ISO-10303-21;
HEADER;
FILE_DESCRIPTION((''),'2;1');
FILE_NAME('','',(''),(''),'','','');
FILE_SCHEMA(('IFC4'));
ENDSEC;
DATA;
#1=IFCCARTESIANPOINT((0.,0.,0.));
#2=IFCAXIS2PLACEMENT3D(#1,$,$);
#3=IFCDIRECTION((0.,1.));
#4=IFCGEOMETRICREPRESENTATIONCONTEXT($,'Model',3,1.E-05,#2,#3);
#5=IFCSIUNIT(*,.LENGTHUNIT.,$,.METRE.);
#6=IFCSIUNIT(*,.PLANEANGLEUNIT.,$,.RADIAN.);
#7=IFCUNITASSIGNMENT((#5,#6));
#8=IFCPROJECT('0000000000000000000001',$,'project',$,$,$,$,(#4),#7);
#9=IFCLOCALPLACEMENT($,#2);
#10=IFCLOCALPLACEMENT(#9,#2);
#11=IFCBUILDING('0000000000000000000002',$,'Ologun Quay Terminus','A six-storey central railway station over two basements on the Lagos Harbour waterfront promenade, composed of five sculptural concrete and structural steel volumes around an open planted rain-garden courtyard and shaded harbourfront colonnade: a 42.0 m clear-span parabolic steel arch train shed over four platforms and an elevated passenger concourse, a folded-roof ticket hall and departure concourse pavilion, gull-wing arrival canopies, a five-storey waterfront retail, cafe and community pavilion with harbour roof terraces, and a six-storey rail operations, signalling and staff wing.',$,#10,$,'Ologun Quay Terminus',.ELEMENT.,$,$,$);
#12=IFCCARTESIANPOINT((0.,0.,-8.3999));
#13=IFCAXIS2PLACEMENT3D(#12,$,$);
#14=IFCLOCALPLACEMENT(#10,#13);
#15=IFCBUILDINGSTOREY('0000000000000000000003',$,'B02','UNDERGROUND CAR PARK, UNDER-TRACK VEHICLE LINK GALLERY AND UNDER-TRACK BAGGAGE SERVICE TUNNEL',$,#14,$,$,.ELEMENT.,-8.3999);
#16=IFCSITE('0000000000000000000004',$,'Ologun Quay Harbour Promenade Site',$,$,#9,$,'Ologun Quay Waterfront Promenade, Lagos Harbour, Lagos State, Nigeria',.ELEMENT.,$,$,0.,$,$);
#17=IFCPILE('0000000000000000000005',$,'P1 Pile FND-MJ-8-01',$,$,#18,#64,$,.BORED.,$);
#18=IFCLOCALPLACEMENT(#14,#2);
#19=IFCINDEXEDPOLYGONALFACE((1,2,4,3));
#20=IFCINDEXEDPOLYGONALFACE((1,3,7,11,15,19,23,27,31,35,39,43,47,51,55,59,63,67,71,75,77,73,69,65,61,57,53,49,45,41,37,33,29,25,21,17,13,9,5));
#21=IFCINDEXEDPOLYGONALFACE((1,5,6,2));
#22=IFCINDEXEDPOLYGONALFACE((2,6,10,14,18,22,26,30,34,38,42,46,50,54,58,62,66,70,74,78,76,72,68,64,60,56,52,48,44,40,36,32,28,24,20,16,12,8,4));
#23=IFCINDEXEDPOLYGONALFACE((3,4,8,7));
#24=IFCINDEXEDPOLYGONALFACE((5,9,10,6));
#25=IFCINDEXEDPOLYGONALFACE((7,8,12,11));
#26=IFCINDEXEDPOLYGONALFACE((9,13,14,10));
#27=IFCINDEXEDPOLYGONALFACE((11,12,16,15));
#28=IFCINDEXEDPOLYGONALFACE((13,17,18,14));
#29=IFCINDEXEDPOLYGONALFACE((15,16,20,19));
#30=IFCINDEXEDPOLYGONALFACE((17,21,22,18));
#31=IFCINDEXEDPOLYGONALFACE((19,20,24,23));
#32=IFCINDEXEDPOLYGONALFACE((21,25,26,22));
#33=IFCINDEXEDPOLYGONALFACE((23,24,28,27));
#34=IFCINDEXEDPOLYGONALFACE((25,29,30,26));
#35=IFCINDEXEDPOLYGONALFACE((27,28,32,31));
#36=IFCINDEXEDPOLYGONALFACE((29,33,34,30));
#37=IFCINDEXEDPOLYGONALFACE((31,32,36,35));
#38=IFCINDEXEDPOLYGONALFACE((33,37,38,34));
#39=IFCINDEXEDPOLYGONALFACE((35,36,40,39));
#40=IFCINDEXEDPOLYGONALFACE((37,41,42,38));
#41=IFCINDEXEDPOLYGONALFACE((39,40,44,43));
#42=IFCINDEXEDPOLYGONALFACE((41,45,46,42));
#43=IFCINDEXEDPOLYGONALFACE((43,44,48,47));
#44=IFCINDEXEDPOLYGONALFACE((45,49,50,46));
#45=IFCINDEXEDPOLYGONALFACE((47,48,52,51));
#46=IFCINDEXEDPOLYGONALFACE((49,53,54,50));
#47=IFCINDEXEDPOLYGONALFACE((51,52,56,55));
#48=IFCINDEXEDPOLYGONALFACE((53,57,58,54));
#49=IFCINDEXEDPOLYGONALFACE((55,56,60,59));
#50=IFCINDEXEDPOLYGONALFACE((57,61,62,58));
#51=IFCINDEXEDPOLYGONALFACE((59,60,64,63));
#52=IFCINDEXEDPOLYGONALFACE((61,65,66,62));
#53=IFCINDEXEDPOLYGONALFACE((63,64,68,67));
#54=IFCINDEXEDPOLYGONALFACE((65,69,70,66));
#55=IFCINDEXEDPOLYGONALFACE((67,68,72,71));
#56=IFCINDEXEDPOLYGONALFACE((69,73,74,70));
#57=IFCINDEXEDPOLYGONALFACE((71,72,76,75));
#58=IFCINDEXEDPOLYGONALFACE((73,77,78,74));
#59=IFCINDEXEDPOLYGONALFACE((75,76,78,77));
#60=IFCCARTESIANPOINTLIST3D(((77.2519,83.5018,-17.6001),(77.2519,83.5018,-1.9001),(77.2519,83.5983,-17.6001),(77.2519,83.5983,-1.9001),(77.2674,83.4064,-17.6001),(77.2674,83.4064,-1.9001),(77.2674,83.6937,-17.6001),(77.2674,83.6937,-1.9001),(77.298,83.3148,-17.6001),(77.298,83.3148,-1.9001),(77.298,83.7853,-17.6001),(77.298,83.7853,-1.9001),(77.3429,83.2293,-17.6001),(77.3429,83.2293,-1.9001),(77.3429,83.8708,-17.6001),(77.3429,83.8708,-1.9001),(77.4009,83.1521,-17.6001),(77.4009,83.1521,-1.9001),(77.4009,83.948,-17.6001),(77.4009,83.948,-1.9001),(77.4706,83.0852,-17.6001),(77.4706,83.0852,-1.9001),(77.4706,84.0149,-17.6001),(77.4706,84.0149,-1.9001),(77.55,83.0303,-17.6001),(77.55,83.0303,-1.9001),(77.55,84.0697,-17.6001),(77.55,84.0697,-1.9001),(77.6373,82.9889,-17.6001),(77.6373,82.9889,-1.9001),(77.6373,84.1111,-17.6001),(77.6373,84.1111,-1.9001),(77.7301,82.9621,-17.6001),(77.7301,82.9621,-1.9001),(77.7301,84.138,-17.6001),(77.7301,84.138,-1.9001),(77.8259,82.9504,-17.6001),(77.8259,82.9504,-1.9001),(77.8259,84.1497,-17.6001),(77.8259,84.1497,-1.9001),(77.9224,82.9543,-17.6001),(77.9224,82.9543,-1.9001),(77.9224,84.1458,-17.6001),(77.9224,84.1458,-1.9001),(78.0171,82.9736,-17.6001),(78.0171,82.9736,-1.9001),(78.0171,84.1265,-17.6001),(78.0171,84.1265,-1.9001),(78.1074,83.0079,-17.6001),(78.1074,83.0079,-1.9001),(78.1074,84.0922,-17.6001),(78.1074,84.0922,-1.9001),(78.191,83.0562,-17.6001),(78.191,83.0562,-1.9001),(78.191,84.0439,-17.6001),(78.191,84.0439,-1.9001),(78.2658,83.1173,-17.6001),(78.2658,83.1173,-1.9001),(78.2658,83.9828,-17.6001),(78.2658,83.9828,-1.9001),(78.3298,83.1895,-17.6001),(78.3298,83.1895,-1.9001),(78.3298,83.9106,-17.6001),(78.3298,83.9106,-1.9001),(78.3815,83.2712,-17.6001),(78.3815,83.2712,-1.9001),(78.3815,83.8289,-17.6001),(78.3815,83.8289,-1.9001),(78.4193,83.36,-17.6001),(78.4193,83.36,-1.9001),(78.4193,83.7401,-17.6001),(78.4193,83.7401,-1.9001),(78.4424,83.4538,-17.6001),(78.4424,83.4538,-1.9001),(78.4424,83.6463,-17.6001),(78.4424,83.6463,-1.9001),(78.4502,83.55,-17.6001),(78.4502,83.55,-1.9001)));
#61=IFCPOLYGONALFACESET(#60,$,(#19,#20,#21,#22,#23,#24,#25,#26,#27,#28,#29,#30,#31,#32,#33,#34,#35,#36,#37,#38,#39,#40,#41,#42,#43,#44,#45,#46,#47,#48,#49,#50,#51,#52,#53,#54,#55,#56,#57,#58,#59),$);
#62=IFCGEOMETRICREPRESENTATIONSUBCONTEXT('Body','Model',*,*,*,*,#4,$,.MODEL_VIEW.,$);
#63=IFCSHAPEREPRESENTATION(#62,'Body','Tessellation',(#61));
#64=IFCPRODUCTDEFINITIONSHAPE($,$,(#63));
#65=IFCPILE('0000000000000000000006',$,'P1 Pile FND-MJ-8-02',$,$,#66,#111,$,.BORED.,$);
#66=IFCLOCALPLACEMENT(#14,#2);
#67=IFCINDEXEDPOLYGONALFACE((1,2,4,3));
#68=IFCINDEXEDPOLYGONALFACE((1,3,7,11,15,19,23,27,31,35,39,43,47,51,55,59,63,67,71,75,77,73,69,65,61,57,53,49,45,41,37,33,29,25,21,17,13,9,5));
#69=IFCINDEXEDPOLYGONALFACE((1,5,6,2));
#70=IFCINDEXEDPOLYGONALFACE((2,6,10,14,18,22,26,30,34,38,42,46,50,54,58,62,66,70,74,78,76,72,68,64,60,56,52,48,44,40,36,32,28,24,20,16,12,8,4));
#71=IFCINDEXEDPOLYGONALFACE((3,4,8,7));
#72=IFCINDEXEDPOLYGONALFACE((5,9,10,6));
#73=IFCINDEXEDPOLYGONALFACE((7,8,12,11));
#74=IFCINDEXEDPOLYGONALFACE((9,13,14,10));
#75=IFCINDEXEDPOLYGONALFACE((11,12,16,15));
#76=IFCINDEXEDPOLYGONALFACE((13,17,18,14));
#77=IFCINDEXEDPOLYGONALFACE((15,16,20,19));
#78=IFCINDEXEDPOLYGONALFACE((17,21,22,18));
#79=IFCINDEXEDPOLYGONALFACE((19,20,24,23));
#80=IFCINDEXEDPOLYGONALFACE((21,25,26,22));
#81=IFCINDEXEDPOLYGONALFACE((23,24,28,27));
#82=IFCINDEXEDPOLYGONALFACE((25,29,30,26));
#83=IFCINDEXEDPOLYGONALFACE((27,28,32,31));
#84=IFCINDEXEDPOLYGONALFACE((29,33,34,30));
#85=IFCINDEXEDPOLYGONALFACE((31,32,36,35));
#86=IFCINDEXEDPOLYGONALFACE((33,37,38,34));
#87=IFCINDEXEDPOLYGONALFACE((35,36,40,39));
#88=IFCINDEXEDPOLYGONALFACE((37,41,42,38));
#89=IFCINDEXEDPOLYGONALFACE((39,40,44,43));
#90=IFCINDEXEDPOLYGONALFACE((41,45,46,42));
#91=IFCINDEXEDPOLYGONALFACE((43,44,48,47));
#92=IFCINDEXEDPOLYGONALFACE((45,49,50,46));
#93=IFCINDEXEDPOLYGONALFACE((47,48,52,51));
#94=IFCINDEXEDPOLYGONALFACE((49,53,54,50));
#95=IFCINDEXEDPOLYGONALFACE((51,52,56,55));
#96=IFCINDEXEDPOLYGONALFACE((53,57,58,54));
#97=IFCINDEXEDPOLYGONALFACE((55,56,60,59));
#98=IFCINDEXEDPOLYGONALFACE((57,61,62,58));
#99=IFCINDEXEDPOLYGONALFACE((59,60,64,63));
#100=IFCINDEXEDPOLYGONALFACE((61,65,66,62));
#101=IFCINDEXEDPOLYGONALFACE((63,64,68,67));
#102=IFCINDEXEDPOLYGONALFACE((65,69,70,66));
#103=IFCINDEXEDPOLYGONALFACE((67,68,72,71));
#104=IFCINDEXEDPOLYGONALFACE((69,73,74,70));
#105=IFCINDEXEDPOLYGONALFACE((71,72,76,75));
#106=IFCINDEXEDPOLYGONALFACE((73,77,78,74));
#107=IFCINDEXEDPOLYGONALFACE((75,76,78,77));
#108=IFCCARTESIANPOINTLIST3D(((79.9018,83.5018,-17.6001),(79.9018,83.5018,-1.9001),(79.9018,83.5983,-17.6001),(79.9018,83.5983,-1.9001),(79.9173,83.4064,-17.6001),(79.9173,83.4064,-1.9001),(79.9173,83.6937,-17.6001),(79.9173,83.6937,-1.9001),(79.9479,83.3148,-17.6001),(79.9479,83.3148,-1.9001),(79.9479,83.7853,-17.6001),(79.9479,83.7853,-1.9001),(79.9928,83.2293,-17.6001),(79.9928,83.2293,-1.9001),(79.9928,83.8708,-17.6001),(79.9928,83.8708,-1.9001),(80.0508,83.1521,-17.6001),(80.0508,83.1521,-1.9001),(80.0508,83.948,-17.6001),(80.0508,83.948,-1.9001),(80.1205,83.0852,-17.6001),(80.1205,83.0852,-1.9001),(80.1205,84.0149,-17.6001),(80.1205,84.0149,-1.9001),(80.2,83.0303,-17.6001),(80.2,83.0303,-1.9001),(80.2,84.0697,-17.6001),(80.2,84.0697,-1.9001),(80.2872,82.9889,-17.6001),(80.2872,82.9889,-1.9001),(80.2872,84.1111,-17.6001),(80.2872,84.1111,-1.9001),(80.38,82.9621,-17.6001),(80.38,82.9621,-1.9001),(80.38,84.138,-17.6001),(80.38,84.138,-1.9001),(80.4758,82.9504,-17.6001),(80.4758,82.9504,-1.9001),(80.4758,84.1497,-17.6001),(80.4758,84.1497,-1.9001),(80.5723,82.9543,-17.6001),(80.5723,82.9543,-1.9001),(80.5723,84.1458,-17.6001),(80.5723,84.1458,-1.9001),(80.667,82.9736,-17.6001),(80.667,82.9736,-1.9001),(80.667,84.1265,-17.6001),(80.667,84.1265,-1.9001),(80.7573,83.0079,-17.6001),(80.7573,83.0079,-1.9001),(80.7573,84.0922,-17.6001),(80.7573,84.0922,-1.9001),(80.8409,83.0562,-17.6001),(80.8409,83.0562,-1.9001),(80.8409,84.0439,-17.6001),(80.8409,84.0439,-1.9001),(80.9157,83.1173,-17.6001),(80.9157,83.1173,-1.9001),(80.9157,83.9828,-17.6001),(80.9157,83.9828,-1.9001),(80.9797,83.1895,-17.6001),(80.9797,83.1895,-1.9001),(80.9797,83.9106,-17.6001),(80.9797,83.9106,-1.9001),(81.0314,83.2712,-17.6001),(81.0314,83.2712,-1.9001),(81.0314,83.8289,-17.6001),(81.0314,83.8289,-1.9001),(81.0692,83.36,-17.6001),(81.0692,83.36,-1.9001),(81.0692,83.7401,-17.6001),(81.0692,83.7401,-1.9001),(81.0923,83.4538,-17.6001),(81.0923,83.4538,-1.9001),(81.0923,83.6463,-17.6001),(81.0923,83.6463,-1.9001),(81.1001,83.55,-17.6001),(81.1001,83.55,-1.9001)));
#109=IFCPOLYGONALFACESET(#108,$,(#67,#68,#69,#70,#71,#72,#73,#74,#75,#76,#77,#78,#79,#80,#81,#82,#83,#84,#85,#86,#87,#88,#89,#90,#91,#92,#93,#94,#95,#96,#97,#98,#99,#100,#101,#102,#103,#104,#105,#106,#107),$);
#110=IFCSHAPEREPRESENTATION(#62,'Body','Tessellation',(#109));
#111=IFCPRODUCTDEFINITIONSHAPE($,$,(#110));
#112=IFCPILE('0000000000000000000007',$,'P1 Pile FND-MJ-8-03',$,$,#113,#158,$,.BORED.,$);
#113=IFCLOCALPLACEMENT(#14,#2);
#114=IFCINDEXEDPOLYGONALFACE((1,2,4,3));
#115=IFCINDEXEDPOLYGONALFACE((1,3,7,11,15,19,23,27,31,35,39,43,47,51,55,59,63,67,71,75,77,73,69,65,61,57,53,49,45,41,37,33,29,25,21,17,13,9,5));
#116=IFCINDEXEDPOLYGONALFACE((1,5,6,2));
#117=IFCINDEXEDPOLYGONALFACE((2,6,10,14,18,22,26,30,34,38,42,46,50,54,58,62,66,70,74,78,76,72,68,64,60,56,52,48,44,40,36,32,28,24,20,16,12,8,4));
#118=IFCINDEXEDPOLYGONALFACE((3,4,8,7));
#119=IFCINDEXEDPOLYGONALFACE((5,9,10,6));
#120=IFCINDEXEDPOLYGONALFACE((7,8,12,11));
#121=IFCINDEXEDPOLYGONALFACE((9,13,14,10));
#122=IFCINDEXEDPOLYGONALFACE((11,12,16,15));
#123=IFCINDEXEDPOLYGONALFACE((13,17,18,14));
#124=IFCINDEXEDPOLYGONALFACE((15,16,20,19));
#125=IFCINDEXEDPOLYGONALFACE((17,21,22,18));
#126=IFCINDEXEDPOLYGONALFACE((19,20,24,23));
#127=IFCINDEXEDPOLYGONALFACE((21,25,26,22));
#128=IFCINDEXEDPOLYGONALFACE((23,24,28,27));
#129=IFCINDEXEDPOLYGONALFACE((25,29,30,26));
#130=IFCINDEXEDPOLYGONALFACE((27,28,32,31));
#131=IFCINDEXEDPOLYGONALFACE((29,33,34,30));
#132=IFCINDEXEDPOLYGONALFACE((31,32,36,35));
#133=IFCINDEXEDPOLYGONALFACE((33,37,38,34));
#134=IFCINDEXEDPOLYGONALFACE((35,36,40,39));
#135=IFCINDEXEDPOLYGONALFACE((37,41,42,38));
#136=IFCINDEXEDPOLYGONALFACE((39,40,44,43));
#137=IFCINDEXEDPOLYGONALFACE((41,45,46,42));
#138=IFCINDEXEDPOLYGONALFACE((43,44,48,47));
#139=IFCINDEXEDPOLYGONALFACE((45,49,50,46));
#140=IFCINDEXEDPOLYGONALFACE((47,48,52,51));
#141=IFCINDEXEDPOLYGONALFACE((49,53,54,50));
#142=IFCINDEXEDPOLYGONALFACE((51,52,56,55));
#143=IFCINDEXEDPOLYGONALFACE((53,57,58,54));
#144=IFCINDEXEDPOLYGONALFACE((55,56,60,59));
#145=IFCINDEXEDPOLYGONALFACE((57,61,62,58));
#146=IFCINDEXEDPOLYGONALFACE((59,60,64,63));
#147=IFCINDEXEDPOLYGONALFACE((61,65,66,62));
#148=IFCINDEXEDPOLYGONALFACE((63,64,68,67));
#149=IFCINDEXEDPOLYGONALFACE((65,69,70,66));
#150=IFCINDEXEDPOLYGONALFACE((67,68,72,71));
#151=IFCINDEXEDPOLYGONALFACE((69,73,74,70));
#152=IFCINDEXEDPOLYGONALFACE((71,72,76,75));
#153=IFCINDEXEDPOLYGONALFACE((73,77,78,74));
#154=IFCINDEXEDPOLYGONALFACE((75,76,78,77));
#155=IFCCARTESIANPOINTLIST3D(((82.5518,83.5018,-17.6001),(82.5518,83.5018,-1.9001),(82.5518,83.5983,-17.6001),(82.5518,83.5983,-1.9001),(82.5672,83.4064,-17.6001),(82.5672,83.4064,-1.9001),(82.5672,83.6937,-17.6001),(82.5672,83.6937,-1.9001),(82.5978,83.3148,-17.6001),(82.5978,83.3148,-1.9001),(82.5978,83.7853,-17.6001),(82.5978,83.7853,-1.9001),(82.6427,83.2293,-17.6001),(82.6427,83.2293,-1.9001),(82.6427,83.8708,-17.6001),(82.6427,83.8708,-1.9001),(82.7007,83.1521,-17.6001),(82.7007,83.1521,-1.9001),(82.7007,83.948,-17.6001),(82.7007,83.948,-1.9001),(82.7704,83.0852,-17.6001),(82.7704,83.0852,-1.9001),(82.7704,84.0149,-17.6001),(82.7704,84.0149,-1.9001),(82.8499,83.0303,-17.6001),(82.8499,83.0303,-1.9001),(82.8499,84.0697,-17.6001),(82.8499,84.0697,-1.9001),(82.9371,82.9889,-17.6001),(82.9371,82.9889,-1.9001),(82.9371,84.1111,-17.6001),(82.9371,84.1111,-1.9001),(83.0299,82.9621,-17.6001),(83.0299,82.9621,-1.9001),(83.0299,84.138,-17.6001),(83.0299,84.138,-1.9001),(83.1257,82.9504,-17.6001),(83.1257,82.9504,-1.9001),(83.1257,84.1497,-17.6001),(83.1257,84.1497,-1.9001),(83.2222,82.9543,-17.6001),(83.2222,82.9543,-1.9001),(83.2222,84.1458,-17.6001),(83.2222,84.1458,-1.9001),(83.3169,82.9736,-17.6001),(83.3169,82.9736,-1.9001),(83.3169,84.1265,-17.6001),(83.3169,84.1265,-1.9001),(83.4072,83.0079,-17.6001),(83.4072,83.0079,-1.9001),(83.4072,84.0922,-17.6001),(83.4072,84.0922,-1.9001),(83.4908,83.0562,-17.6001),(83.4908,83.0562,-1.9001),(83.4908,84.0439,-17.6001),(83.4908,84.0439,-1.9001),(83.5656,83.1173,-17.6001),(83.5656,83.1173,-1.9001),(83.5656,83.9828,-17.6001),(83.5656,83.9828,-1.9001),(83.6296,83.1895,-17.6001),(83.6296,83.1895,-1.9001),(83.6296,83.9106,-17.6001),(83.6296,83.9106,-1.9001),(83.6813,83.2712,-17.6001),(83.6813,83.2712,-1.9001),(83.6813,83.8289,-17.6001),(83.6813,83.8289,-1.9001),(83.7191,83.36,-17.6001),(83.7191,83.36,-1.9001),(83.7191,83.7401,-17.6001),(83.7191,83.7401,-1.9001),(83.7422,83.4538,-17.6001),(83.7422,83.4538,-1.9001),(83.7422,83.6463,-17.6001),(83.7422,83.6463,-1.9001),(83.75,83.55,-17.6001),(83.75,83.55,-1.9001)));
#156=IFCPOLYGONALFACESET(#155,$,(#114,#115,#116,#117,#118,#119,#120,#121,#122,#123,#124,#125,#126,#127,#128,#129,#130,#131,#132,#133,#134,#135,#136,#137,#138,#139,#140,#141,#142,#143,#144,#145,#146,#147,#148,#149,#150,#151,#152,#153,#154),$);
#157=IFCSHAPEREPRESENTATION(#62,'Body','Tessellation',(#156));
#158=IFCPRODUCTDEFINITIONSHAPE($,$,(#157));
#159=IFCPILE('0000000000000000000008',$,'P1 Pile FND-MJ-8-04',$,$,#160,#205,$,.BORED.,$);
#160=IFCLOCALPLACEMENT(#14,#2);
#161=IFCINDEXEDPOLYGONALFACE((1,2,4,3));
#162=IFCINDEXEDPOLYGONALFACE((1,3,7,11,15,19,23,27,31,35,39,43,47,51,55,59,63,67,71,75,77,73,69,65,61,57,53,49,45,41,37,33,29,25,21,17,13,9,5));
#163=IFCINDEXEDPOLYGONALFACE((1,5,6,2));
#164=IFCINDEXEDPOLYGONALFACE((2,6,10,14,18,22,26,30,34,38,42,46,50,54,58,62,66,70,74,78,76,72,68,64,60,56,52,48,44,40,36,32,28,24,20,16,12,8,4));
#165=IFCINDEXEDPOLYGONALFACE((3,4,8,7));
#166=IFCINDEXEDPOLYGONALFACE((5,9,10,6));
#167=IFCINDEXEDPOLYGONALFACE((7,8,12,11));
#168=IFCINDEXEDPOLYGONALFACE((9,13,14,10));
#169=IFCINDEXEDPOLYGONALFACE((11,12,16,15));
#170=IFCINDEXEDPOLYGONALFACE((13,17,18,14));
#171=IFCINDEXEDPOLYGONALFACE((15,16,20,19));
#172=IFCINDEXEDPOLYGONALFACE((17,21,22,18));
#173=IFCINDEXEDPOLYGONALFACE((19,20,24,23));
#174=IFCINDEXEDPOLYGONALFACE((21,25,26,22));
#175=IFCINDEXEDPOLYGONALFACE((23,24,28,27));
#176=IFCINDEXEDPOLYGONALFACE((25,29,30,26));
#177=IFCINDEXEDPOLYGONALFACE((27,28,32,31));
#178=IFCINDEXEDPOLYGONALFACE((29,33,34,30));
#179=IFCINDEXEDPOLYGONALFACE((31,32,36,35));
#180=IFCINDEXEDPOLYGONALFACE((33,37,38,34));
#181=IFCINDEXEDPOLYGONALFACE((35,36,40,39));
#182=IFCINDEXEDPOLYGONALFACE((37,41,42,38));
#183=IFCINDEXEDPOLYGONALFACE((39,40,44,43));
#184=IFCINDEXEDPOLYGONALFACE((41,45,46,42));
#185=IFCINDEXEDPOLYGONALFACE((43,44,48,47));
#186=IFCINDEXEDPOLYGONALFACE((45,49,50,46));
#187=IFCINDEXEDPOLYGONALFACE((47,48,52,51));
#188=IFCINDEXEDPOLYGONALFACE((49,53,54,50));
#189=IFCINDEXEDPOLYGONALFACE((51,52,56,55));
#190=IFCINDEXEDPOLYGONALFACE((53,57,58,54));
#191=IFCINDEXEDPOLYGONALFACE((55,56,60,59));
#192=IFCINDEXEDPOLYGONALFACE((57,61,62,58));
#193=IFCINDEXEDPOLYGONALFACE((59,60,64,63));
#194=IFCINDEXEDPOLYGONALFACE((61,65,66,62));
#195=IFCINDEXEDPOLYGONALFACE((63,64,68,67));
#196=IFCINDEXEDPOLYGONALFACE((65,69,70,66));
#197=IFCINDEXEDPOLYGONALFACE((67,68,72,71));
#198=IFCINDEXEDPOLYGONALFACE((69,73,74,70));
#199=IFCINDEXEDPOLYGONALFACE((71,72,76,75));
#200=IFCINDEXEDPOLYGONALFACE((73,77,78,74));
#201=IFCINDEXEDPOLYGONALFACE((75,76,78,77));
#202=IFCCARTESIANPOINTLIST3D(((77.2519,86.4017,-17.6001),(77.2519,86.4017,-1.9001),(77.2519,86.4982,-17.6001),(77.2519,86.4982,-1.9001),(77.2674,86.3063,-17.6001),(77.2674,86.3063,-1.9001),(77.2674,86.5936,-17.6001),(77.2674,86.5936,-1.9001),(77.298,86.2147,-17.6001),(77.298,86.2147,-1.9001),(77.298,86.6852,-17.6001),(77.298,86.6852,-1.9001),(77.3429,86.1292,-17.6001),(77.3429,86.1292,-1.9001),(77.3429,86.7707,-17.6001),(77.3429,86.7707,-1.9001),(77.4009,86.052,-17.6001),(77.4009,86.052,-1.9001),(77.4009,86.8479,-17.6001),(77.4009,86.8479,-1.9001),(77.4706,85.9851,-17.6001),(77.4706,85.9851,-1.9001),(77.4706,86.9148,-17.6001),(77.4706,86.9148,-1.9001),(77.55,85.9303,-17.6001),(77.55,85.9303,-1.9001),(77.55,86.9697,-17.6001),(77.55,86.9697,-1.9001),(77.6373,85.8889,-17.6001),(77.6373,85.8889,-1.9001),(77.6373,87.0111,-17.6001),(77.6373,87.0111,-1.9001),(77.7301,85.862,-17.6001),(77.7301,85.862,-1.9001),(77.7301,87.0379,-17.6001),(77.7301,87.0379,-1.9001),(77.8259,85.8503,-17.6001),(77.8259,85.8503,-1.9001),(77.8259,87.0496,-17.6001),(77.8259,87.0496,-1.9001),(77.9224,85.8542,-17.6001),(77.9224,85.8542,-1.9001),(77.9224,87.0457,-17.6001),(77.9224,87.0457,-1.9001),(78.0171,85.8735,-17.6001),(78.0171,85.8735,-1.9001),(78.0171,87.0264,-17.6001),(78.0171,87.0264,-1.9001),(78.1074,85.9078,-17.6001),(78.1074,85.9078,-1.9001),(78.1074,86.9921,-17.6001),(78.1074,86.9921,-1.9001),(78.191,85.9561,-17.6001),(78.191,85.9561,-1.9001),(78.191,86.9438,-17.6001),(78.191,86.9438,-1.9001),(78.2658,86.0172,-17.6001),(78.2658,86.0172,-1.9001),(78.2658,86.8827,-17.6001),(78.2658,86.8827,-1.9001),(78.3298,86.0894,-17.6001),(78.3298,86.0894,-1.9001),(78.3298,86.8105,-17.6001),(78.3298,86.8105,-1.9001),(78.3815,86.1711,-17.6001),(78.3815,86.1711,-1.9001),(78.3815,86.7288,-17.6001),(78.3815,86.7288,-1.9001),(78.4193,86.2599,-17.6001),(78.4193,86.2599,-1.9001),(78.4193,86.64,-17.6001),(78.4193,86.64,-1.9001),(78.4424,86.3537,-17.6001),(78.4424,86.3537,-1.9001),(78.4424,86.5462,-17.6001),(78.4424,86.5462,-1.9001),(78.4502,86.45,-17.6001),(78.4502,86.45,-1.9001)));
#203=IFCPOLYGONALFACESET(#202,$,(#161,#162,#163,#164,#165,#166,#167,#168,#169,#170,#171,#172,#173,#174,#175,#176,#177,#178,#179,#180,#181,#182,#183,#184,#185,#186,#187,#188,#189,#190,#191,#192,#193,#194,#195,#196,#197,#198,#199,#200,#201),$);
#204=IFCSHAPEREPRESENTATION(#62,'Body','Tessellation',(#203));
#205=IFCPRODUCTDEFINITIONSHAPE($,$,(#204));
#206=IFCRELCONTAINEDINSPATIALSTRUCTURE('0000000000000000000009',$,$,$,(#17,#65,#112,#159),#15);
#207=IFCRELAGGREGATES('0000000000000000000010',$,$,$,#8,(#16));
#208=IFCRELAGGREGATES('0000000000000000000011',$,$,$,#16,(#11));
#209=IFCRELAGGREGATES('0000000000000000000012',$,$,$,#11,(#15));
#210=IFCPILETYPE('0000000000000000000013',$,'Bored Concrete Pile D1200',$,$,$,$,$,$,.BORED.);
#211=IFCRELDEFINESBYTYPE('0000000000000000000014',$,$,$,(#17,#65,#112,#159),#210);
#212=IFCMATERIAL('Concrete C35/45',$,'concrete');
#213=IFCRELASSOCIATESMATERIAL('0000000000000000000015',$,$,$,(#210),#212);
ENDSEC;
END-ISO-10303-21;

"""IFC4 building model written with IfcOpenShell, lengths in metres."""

from ifc_helpers import new_model, si_unit, direction, frame, origin, origin_2d, place, context, subcontext, project, spatial, circle, extrude, material, material_profile, profile_set, type_object, element, save


model = new_model("IFC4")

# Units and contexts
model_context = context("Model", 3, precision=1e-05, world=origin(), true_north=direction((0.0, 1.0)))
body_context = subcontext(model_context, "Body", "Model", "MODEL_VIEW")
ifc_project = project(units=[si_unit("LENGTHUNIT", "METRE"), si_unit("PLANEANGLEUNIT", "RADIAN")], contexts=[model_context])

# Site, building, storey
site_placement = place(None, origin())
site = spatial("IfcSite", under=ifc_project, at=site_placement, Name="Ologun Quay Harbour Promenade Site", LongName="Ologun Quay Waterfront Promenade, Lagos Harbour, Lagos State, Nigeria", CompositionType="ELEMENT", RefElevation=0.0)
building_placement = place(site_placement, origin())
building = spatial("IfcBuilding", under=site, at=building_placement, Name="Ologun Quay Terminus", Description="A six-storey central railway station over two basements on the Lagos Harbour waterfront promenade, composed of five sculptural concrete and structural steel volumes around an open planted rain-garden courtyard and shaded harbourfront colonnade: a 42.0 m clear-span parabolic steel arch train shed over four platforms and an elevated passenger concourse, a folded-roof ticket hall and departure concourse pavilion, gull-wing arrival canopies, a five-storey waterfront retail, cafe and community pavilion with harbour roof terraces, and a six-storey rail operations, signalling and staff wing.", LongName="Ologun Quay Terminus", CompositionType="ELEMENT")
storey_placement = place(building_placement, frame((0.0, 0.0, -8.3999)))
storey = spatial("IfcBuildingStorey", under=building, at=storey_placement, Name="B02", Description="UNDERGROUND CAR PARK, UNDER-TRACK VEHICLE LINK GALLERY AND UNDER-TRACK BAGGAGE SERVICE TUNNEL", CompositionType="ELEMENT", Elevation=-8.3999)

# Piles
ifc_material_1 = material(Name="Concrete C35/45", Category="concrete")
ifc_material_profile_1 = material_profile(ifc_material_1, circle(Radius=0.6001, at=origin_2d()), Name="PILE D1200")
ifc_profile_set_1 = profile_set([ifc_material_profile_1], Name="Concrete C35/45")
pile_type_1 = type_object("IfcPileType", Name="Bored Concrete Pile D1200", PredefinedType="BORED", material=ifc_profile_set_1)
for number, where, z_axis, x_axis, name in (
    (1, (77.8501, 83.55, -1.9001), (0.0, 0.0, -1.0), (1.0, 0.0, 0.0), "P1 Pile FND-MJ-8-01"),
    (2, (80.5, 83.55, -1.9001), (0.0, 0.0, -1.0), (1.0, 0.0, 0.0), "P1 Pile FND-MJ-8-02"),
    (3, (83.1499, 83.55, -1.9001), (0.0, 0.0, -1.0), (1.0, 0.0, 0.0), "P1 Pile FND-MJ-8-03"),
    (4, (77.8501, 86.45, -1.9001), (0.0, 0.0, -1.0), (1.0, 0.0, 0.0), "P1 Pile FND-MJ-8-04"),
):
    element("IfcPile", number, at=place(storey_placement, frame(where, z_axis=z_axis, x_axis=x_axis)), inside=storey, type_object=pile_type_1, Name=name, PredefinedType="BORED", context=body_context, shape_type="SweptSolid", body=[
        extrude(circle(Radius=0.6001, at=origin_2d()), origin(), (0.0, 0.0, 1.0), 15.7),
    ])

save(model, "model.ifc")
